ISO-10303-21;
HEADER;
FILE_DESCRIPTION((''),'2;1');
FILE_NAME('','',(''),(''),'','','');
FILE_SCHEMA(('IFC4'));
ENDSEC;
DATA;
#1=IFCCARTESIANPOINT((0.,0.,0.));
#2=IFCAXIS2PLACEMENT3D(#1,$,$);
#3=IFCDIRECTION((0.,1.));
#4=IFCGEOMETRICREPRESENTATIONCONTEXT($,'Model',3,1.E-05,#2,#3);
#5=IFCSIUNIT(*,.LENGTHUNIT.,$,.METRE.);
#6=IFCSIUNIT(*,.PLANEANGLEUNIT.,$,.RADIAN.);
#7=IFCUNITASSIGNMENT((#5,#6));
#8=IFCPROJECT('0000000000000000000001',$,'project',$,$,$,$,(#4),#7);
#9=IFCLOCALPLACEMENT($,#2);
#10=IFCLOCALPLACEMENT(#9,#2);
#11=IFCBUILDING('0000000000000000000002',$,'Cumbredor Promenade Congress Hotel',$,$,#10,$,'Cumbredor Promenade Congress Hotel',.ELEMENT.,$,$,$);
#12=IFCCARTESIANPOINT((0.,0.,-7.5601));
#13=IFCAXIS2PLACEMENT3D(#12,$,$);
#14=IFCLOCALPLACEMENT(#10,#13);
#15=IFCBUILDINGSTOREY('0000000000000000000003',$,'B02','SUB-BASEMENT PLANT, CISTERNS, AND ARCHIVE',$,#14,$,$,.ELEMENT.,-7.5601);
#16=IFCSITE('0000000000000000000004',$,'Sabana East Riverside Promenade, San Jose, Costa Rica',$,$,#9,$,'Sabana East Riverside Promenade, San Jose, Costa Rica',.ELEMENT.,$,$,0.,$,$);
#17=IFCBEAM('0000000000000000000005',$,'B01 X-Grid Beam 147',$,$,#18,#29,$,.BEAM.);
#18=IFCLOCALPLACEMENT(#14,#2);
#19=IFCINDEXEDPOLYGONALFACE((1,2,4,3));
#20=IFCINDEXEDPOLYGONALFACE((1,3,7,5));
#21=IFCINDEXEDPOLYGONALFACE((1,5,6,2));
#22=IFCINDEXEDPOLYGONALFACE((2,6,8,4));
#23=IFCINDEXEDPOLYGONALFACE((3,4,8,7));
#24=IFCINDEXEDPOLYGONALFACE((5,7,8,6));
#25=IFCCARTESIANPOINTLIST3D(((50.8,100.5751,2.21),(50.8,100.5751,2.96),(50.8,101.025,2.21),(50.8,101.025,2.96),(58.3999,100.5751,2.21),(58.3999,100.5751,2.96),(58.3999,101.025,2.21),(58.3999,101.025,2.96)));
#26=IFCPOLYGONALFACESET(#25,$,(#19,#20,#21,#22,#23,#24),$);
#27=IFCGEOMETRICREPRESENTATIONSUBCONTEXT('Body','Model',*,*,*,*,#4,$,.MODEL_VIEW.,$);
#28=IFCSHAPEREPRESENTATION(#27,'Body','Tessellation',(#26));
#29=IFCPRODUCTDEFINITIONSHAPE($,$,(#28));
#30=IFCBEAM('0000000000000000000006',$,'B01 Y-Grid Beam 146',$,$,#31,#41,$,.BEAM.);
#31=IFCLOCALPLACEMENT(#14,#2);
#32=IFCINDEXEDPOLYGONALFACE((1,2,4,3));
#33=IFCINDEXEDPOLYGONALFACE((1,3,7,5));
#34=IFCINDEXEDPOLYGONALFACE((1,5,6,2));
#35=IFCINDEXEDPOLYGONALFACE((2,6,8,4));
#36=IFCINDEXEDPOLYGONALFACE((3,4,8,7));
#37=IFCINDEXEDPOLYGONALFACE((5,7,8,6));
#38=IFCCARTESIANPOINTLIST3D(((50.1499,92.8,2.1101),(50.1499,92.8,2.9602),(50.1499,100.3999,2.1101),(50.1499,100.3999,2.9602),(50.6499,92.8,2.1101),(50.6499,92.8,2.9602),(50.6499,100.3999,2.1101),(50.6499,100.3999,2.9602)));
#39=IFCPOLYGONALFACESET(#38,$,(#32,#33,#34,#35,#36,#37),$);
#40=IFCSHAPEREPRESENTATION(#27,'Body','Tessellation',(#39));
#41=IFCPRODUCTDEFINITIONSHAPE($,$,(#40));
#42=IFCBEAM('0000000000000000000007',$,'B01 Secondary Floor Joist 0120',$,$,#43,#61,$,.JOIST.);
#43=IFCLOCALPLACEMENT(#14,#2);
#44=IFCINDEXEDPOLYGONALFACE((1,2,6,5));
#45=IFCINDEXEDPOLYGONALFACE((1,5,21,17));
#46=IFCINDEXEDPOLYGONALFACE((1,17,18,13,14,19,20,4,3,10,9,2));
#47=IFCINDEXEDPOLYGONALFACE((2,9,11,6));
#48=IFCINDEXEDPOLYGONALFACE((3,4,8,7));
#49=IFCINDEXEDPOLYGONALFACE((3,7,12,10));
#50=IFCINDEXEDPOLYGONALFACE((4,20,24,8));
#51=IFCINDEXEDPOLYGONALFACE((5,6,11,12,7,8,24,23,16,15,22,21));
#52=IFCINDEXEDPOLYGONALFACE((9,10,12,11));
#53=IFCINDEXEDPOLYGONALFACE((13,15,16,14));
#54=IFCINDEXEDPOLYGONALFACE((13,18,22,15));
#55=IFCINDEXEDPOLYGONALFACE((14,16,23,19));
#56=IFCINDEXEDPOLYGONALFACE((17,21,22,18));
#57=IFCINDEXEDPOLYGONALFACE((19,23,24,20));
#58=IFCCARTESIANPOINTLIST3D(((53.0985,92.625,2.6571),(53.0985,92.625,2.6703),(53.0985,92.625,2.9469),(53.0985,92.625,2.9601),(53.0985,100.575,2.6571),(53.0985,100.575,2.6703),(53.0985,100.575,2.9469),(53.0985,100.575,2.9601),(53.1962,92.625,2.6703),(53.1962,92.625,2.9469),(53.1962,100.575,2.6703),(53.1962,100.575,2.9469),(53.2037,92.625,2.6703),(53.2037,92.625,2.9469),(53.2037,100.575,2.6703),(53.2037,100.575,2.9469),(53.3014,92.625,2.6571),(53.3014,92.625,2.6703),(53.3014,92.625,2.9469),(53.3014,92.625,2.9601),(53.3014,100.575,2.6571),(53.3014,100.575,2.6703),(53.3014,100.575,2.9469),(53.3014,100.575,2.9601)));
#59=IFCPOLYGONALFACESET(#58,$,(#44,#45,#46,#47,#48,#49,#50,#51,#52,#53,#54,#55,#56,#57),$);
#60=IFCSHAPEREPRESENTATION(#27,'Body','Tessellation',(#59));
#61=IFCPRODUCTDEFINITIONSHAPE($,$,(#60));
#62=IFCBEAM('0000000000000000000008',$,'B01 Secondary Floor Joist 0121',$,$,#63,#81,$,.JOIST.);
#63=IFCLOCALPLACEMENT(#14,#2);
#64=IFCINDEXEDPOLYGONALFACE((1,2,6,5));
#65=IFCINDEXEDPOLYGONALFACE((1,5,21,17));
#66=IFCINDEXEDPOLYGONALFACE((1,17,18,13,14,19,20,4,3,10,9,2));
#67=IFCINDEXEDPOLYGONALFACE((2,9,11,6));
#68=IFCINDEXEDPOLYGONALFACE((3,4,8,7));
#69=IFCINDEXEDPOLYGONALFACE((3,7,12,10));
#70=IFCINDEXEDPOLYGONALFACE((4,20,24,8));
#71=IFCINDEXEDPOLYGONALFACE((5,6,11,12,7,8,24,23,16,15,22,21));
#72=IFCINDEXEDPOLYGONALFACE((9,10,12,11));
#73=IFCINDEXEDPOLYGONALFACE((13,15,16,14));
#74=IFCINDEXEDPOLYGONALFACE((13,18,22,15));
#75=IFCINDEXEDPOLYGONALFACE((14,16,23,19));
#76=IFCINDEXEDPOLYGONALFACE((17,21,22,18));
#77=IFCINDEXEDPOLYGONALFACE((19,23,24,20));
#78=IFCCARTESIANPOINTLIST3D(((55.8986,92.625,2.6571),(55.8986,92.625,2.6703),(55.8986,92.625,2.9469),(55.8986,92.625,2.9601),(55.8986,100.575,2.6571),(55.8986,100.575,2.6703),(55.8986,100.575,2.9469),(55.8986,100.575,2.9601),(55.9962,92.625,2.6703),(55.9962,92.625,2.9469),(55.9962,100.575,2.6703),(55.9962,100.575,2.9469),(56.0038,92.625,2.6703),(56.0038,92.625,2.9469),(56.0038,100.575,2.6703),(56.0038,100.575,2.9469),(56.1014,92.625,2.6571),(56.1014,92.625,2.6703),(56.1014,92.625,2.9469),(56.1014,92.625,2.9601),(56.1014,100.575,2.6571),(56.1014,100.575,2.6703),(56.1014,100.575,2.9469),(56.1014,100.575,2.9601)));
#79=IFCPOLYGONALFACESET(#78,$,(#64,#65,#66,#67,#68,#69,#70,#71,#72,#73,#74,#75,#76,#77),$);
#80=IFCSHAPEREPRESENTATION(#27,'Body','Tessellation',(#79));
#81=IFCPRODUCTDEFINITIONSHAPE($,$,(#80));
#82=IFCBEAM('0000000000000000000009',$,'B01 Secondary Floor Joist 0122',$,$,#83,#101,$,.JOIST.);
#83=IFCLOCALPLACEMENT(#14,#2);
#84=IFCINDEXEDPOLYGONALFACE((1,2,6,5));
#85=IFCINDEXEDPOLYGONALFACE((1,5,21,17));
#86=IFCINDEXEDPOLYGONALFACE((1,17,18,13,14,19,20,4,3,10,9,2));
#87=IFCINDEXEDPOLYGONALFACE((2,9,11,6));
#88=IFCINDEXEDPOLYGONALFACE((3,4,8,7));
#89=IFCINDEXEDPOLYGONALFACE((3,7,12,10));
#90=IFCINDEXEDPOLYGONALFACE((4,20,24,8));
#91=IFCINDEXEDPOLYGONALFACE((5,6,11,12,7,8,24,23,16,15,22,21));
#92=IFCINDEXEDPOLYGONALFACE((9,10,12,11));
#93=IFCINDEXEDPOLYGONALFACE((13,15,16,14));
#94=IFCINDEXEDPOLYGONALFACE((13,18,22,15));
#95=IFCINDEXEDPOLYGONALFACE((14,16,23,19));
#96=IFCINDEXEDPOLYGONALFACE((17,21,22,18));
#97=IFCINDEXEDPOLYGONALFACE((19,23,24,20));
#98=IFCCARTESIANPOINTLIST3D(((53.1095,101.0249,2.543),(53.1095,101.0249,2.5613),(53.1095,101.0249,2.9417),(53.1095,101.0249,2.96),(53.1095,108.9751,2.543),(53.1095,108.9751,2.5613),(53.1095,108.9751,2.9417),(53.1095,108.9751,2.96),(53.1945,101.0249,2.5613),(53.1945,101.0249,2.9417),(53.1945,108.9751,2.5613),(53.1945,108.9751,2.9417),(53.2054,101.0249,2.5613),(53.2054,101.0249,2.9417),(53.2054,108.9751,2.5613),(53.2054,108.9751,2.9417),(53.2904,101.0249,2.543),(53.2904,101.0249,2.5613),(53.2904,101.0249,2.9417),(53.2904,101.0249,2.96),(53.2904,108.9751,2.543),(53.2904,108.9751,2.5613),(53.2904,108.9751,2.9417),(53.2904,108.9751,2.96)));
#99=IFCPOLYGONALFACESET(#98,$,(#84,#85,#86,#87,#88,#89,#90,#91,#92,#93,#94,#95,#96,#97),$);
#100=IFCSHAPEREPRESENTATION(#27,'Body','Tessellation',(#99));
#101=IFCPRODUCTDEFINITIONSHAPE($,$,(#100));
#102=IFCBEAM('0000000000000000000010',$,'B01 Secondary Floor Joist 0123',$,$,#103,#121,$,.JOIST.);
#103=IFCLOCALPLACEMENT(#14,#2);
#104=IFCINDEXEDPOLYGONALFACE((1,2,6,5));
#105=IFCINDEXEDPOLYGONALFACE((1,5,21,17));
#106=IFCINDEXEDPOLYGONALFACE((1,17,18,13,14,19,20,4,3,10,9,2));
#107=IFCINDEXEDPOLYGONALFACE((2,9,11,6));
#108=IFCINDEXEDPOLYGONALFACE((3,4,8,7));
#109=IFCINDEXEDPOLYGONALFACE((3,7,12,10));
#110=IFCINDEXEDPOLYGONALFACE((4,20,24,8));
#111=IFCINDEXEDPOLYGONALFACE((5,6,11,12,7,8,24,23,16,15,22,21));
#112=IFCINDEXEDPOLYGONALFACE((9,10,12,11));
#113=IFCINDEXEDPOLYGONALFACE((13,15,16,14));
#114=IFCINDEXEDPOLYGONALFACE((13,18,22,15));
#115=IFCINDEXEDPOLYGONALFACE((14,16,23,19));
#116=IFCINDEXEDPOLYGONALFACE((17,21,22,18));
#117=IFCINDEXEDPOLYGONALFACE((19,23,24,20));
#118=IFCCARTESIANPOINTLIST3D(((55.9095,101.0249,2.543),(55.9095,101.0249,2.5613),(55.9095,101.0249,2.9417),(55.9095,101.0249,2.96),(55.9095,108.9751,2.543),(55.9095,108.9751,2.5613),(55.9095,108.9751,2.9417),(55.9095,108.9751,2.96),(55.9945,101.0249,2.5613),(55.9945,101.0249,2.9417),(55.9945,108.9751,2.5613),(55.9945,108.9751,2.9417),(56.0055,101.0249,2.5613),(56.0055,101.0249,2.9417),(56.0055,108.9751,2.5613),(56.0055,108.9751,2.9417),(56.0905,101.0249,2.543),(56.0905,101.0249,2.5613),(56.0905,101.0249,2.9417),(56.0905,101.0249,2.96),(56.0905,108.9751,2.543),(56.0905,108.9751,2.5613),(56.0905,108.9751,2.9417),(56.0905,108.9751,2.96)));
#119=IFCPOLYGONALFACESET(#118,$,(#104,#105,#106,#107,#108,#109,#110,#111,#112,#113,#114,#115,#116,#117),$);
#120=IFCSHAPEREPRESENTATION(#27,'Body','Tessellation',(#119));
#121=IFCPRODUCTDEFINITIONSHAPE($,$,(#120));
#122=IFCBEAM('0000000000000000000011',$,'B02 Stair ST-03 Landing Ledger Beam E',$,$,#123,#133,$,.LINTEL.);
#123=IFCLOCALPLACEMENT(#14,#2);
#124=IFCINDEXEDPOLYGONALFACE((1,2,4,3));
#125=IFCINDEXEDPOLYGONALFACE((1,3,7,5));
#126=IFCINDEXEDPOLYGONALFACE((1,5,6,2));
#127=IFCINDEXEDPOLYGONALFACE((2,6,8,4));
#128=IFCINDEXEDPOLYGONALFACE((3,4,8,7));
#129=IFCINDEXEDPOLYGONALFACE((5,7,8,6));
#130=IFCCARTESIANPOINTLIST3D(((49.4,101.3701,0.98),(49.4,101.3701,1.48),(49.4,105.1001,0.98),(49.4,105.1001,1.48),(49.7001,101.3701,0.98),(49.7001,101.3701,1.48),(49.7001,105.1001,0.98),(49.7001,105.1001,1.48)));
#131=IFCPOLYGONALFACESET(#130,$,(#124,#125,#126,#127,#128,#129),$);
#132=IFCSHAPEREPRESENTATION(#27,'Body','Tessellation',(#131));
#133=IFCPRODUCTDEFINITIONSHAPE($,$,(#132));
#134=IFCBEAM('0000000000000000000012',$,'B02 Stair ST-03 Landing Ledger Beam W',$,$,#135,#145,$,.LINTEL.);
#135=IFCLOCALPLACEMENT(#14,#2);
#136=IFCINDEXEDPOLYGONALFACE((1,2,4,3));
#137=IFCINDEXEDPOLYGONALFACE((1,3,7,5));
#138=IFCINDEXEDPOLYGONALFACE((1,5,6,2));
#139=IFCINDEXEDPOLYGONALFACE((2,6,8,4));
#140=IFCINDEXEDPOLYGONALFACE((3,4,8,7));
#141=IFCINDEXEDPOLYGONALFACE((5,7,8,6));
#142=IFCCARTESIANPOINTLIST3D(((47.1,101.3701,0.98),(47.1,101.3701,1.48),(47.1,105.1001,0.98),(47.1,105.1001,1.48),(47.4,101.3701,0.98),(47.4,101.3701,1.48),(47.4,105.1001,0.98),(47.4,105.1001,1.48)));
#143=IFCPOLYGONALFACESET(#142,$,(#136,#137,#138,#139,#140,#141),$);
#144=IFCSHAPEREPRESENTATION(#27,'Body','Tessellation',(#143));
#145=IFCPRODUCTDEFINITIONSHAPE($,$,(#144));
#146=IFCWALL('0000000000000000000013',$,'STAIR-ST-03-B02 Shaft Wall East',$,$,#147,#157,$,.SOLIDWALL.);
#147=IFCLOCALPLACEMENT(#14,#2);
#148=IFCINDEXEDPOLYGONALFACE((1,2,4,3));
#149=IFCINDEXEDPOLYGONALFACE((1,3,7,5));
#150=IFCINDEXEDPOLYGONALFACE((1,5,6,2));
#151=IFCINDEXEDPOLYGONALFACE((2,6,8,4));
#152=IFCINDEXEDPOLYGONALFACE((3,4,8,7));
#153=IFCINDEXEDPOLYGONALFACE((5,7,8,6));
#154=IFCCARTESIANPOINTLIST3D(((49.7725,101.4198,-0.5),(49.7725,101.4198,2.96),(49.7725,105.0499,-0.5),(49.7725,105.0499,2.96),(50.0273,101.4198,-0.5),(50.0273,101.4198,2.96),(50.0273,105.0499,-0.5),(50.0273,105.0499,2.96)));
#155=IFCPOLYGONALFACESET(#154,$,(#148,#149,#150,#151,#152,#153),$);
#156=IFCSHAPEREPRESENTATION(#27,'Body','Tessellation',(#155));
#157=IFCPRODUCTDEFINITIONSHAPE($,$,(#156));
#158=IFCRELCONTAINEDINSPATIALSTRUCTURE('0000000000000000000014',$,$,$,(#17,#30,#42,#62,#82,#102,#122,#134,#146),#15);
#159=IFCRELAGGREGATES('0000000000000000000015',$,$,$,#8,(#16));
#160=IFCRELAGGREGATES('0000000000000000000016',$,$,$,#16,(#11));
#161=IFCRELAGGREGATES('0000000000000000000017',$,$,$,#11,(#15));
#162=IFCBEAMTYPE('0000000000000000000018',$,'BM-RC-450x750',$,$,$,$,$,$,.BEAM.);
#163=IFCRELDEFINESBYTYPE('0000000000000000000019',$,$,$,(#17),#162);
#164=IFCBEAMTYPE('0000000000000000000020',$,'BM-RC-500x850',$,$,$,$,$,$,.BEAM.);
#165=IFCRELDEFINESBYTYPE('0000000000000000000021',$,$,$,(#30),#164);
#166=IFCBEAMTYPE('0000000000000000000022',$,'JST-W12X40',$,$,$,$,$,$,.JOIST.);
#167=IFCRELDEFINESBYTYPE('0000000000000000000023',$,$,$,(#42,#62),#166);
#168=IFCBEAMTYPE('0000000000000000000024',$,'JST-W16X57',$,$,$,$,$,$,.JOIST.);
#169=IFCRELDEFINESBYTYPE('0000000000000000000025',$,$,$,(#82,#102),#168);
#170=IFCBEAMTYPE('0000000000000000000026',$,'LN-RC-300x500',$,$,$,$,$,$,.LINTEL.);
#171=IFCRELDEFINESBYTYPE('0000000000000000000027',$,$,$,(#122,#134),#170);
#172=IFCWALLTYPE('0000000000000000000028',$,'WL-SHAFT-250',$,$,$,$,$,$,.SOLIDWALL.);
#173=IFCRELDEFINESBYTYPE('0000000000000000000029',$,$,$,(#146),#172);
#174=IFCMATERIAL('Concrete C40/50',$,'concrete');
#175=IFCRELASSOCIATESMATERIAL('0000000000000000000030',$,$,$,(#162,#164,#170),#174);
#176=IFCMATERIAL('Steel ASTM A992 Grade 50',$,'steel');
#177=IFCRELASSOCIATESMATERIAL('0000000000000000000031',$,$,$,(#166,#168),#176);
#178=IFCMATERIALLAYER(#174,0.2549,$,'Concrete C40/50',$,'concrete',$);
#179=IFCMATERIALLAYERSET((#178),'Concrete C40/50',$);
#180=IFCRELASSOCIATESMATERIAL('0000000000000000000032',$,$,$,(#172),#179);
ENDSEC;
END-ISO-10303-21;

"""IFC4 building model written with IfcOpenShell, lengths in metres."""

from ifc_helpers import new_model, si_unit, direction, frame, frame_2d, origin, origin_2d, place, context, subcontext, project, spatial, rectangle, i_section, extrude, material, layer, layer_set, material_profile, profile_set, type_object, element, save


model = new_model("IFC4")

# Units and contexts
model_context = context("Model", 3, precision=1e-05, world=origin(), true_north=direction((0.0, 1.0)))
body_context = subcontext(model_context, "Body", "Model", "MODEL_VIEW")
ifc_project = project(units=[si_unit("LENGTHUNIT", "METRE"), si_unit("PLANEANGLEUNIT", "RADIAN")], contexts=[model_context])

# Site, building, storey
site_placement = place(None, origin())
site = spatial("IfcSite", under=ifc_project, at=site_placement, Name="Sabana East Riverside Promenade, San Jose, Costa Rica", LongName="Sabana East Riverside Promenade, San Jose, Costa Rica", CompositionType="ELEMENT", RefElevation=0.0)
building_placement = place(site_placement, origin())
building = spatial("IfcBuilding", under=site, at=building_placement, Name="Cumbredor Promenade Congress Hotel", LongName="Cumbredor Promenade Congress Hotel", CompositionType="ELEMENT")
storey_placement = place(building_placement, frame((0.0, 0.0, -7.5601)))
storey = spatial("IfcBuildingStorey", under=building, at=storey_placement, Name="B02", Description="SUB-BASEMENT PLANT, CISTERNS, AND ARCHIVE", CompositionType="ELEMENT", Elevation=-7.5601)

# Shared definitions
ifc_material_1 = material(Name="Concrete C40/50", Category="concrete")

# Beams
ifc_material_profile_1 = material_profile(ifc_material_1, rectangle(XDim=0.45, YDim=0.75, at=origin_2d()), Name="RC BEAM 450x750")
ifc_profile_set_1 = profile_set([ifc_material_profile_1], Name="Concrete C40/50")
beam_type_1 = type_object("IfcBeamType", Name="BM-RC-450x750", PredefinedType="BEAM", material=ifc_profile_set_1)
beam_1_placement = place(storey_placement, frame((50.8, 100.8, 2.585), z_axis=(1.0, 0.0, 0.0), x_axis=(0.0, 1.0, 0.0)))
element("IfcBeam", 1, at=beam_1_placement, inside=storey, type_object=beam_type_1, Name="B01 X-Grid Beam 147", PredefinedType="BEAM", context=body_context, shape_type="SweptSolid", body=[
    extrude(rectangle(XDim=0.45, YDim=0.75, at=origin_2d()), origin(), (0.0, 0.0, 1.0), 7.5999),
])
ifc_material_profile_2 = material_profile(ifc_material_1, rectangle(XDim=0.5, YDim=0.8501, at=origin_2d()), Name="RC BEAM 500x850")
ifc_profile_set_2 = profile_set([ifc_material_profile_2], Name="Concrete C40/50")
beam_type_2 = type_object("IfcBeamType", Name="BM-RC-500x850", PredefinedType="BEAM", material=ifc_profile_set_2)
beam_2_placement = place(storey_placement, frame((50.3999, 92.8, 2.5352), z_axis=(0.0, 1.0, 0.0), x_axis=(-1.0, 0.0, 0.0)))
element("IfcBeam", 2, at=beam_2_placement, inside=storey, type_object=beam_type_2, Name="B01 Y-Grid Beam 146", PredefinedType="BEAM", context=body_context, shape_type="SweptSolid", body=[
    extrude(rectangle(XDim=0.5, YDim=0.8501, at=origin_2d()), origin(), (0.0, 0.0, 1.0), 7.5999),
])
ifc_material_2 = material(Name="Steel ASTM A992 Grade 50", Category="steel")
ifc_material_profile_3 = material_profile(ifc_material_2, i_section(OverallWidth=0.2029, OverallDepth=0.303, WebThickness=0.0076, FlangeThickness=0.0132, at=origin_2d()), Name="W12X40")
ifc_profile_set_3 = profile_set([ifc_material_profile_3], Name="Steel ASTM A992 Grade 50")
beam_type_3 = type_object("IfcBeamType", Name="JST-W12X40", PredefinedType="JOIST", material=ifc_profile_set_3)
for number, where, z_axis, x_axis, name in (
    (3, (53.2, 92.625, 2.8086), (0.0, 1.0, 0.0), (-1.0, 0.0, 0.0), "B01 Secondary Floor Joist 0120"),
    (4, (56.0, 92.625, 2.8086), (0.0, 1.0, 0.0), (-1.0, 0.0, 0.0), "B01 Secondary Floor Joist 0121"),
):
    element("IfcBeam", number, at=place(storey_placement, frame(where, z_axis=z_axis, x_axis=x_axis)), inside=storey, type_object=beam_type_3, Name=name, PredefinedType="JOIST", context=body_context, shape_type="SweptSolid", body=[
        extrude(i_section(OverallWidth=0.2029, OverallDepth=0.303, WebThickness=0.0076, FlangeThickness=0.0132, at=origin_2d()), origin(), (0.0, 0.0, 1.0), 7.95),
    ])
ifc_material_profile_4 = material_profile(ifc_material_2, i_section(OverallWidth=0.1809, OverallDepth=0.417, WebThickness=0.011, FlangeThickness=0.0183, at=origin_2d()), Name="W16X57")
ifc_profile_set_4 = profile_set([ifc_material_profile_4], Name="Steel ASTM A992 Grade 50")
beam_type_4 = type_object("IfcBeamType", Name="JST-W16X57", PredefinedType="JOIST", material=ifc_profile_set_4)
for number, where, z_axis, x_axis, name in (
    (5, (53.2, 101.0249, 2.7515), (0.0, 1.0, 0.0), (-1.0, 0.0, 0.0), "B01 Secondary Floor Joist 0122"),
    (6, (56.0, 101.0249, 2.7515), (0.0, 1.0, 0.0), (-1.0, 0.0, 0.0), "B01 Secondary Floor Joist 0123"),
):
    element("IfcBeam", number, at=place(storey_placement, frame(where, z_axis=z_axis, x_axis=x_axis)), inside=storey, type_object=beam_type_4, Name=name, PredefinedType="JOIST", context=body_context, shape_type="SweptSolid", body=[
        extrude(i_section(OverallWidth=0.1809, OverallDepth=0.417, WebThickness=0.011, FlangeThickness=0.0183, at=origin_2d()), origin(), (0.0, 0.0, 1.0), 7.9502),
    ])
ifc_material_profile_5 = material_profile(ifc_material_1, rectangle(XDim=0.3, YDim=0.5, at=origin_2d()), Name="RC LINTEL 300x500")
ifc_profile_set_5 = profile_set([ifc_material_profile_5], Name="Concrete C40/50")
beam_type_5 = type_object("IfcBeamType", Name="LN-RC-300x500", PredefinedType="LINTEL", material=ifc_profile_set_5)
for number, where, z_axis, x_axis, name in (
    (7, (49.55, 101.3701, 1.23), (0.0, 1.0, 0.0), (-1.0, 0.0, 0.0), "B02 Stair ST-03 Landing Ledger Beam E"),
    (8, (47.25, 101.3701, 1.23), (0.0, 1.0, 0.0), (-1.0, 0.0, 0.0), "B02 Stair ST-03 Landing Ledger Beam W"),
):
    element("IfcBeam", number, at=place(storey_placement, frame(where, z_axis=z_axis, x_axis=x_axis)), inside=storey, type_object=beam_type_5, Name=name, PredefinedType="LINTEL", context=body_context, shape_type="SweptSolid", body=[
        extrude(rectangle(XDim=0.3, YDim=0.5, at=origin_2d()), origin(), (0.0, 0.0, 1.0), 3.73),
    ])

# Wall
ifc_layer = layer(ifc_material_1, 0.2549, Name="Concrete C40/50", Category="concrete")
ifc_layer_set = layer_set([ifc_layer], Name="Concrete C40/50")
wall_type = type_object("IfcWallType", Name="WL-SHAFT-250", PredefinedType="SOLIDWALL", material=ifc_layer_set)
wall_placement = place(storey_placement, frame((49.8999, 101.4199, -0.5), z_axis=(0.0, 0.0, 1.0), x_axis=(0.0, 1.0, 0.0)))
element("IfcWall", 9, at=wall_placement, inside=storey, type_object=wall_type, Name="STAIR-ST-03-B02 Shaft Wall East", PredefinedType="SOLIDWALL", context=body_context, shape_type="SweptSolid", body=[
    extrude(rectangle(XDim=3.6301, YDim=0.2549, at=frame_2d((1.8149, 0.0))), origin(), (0.0, 0.0, 1.0), 3.46),
])

save(model, "model.ifc")
